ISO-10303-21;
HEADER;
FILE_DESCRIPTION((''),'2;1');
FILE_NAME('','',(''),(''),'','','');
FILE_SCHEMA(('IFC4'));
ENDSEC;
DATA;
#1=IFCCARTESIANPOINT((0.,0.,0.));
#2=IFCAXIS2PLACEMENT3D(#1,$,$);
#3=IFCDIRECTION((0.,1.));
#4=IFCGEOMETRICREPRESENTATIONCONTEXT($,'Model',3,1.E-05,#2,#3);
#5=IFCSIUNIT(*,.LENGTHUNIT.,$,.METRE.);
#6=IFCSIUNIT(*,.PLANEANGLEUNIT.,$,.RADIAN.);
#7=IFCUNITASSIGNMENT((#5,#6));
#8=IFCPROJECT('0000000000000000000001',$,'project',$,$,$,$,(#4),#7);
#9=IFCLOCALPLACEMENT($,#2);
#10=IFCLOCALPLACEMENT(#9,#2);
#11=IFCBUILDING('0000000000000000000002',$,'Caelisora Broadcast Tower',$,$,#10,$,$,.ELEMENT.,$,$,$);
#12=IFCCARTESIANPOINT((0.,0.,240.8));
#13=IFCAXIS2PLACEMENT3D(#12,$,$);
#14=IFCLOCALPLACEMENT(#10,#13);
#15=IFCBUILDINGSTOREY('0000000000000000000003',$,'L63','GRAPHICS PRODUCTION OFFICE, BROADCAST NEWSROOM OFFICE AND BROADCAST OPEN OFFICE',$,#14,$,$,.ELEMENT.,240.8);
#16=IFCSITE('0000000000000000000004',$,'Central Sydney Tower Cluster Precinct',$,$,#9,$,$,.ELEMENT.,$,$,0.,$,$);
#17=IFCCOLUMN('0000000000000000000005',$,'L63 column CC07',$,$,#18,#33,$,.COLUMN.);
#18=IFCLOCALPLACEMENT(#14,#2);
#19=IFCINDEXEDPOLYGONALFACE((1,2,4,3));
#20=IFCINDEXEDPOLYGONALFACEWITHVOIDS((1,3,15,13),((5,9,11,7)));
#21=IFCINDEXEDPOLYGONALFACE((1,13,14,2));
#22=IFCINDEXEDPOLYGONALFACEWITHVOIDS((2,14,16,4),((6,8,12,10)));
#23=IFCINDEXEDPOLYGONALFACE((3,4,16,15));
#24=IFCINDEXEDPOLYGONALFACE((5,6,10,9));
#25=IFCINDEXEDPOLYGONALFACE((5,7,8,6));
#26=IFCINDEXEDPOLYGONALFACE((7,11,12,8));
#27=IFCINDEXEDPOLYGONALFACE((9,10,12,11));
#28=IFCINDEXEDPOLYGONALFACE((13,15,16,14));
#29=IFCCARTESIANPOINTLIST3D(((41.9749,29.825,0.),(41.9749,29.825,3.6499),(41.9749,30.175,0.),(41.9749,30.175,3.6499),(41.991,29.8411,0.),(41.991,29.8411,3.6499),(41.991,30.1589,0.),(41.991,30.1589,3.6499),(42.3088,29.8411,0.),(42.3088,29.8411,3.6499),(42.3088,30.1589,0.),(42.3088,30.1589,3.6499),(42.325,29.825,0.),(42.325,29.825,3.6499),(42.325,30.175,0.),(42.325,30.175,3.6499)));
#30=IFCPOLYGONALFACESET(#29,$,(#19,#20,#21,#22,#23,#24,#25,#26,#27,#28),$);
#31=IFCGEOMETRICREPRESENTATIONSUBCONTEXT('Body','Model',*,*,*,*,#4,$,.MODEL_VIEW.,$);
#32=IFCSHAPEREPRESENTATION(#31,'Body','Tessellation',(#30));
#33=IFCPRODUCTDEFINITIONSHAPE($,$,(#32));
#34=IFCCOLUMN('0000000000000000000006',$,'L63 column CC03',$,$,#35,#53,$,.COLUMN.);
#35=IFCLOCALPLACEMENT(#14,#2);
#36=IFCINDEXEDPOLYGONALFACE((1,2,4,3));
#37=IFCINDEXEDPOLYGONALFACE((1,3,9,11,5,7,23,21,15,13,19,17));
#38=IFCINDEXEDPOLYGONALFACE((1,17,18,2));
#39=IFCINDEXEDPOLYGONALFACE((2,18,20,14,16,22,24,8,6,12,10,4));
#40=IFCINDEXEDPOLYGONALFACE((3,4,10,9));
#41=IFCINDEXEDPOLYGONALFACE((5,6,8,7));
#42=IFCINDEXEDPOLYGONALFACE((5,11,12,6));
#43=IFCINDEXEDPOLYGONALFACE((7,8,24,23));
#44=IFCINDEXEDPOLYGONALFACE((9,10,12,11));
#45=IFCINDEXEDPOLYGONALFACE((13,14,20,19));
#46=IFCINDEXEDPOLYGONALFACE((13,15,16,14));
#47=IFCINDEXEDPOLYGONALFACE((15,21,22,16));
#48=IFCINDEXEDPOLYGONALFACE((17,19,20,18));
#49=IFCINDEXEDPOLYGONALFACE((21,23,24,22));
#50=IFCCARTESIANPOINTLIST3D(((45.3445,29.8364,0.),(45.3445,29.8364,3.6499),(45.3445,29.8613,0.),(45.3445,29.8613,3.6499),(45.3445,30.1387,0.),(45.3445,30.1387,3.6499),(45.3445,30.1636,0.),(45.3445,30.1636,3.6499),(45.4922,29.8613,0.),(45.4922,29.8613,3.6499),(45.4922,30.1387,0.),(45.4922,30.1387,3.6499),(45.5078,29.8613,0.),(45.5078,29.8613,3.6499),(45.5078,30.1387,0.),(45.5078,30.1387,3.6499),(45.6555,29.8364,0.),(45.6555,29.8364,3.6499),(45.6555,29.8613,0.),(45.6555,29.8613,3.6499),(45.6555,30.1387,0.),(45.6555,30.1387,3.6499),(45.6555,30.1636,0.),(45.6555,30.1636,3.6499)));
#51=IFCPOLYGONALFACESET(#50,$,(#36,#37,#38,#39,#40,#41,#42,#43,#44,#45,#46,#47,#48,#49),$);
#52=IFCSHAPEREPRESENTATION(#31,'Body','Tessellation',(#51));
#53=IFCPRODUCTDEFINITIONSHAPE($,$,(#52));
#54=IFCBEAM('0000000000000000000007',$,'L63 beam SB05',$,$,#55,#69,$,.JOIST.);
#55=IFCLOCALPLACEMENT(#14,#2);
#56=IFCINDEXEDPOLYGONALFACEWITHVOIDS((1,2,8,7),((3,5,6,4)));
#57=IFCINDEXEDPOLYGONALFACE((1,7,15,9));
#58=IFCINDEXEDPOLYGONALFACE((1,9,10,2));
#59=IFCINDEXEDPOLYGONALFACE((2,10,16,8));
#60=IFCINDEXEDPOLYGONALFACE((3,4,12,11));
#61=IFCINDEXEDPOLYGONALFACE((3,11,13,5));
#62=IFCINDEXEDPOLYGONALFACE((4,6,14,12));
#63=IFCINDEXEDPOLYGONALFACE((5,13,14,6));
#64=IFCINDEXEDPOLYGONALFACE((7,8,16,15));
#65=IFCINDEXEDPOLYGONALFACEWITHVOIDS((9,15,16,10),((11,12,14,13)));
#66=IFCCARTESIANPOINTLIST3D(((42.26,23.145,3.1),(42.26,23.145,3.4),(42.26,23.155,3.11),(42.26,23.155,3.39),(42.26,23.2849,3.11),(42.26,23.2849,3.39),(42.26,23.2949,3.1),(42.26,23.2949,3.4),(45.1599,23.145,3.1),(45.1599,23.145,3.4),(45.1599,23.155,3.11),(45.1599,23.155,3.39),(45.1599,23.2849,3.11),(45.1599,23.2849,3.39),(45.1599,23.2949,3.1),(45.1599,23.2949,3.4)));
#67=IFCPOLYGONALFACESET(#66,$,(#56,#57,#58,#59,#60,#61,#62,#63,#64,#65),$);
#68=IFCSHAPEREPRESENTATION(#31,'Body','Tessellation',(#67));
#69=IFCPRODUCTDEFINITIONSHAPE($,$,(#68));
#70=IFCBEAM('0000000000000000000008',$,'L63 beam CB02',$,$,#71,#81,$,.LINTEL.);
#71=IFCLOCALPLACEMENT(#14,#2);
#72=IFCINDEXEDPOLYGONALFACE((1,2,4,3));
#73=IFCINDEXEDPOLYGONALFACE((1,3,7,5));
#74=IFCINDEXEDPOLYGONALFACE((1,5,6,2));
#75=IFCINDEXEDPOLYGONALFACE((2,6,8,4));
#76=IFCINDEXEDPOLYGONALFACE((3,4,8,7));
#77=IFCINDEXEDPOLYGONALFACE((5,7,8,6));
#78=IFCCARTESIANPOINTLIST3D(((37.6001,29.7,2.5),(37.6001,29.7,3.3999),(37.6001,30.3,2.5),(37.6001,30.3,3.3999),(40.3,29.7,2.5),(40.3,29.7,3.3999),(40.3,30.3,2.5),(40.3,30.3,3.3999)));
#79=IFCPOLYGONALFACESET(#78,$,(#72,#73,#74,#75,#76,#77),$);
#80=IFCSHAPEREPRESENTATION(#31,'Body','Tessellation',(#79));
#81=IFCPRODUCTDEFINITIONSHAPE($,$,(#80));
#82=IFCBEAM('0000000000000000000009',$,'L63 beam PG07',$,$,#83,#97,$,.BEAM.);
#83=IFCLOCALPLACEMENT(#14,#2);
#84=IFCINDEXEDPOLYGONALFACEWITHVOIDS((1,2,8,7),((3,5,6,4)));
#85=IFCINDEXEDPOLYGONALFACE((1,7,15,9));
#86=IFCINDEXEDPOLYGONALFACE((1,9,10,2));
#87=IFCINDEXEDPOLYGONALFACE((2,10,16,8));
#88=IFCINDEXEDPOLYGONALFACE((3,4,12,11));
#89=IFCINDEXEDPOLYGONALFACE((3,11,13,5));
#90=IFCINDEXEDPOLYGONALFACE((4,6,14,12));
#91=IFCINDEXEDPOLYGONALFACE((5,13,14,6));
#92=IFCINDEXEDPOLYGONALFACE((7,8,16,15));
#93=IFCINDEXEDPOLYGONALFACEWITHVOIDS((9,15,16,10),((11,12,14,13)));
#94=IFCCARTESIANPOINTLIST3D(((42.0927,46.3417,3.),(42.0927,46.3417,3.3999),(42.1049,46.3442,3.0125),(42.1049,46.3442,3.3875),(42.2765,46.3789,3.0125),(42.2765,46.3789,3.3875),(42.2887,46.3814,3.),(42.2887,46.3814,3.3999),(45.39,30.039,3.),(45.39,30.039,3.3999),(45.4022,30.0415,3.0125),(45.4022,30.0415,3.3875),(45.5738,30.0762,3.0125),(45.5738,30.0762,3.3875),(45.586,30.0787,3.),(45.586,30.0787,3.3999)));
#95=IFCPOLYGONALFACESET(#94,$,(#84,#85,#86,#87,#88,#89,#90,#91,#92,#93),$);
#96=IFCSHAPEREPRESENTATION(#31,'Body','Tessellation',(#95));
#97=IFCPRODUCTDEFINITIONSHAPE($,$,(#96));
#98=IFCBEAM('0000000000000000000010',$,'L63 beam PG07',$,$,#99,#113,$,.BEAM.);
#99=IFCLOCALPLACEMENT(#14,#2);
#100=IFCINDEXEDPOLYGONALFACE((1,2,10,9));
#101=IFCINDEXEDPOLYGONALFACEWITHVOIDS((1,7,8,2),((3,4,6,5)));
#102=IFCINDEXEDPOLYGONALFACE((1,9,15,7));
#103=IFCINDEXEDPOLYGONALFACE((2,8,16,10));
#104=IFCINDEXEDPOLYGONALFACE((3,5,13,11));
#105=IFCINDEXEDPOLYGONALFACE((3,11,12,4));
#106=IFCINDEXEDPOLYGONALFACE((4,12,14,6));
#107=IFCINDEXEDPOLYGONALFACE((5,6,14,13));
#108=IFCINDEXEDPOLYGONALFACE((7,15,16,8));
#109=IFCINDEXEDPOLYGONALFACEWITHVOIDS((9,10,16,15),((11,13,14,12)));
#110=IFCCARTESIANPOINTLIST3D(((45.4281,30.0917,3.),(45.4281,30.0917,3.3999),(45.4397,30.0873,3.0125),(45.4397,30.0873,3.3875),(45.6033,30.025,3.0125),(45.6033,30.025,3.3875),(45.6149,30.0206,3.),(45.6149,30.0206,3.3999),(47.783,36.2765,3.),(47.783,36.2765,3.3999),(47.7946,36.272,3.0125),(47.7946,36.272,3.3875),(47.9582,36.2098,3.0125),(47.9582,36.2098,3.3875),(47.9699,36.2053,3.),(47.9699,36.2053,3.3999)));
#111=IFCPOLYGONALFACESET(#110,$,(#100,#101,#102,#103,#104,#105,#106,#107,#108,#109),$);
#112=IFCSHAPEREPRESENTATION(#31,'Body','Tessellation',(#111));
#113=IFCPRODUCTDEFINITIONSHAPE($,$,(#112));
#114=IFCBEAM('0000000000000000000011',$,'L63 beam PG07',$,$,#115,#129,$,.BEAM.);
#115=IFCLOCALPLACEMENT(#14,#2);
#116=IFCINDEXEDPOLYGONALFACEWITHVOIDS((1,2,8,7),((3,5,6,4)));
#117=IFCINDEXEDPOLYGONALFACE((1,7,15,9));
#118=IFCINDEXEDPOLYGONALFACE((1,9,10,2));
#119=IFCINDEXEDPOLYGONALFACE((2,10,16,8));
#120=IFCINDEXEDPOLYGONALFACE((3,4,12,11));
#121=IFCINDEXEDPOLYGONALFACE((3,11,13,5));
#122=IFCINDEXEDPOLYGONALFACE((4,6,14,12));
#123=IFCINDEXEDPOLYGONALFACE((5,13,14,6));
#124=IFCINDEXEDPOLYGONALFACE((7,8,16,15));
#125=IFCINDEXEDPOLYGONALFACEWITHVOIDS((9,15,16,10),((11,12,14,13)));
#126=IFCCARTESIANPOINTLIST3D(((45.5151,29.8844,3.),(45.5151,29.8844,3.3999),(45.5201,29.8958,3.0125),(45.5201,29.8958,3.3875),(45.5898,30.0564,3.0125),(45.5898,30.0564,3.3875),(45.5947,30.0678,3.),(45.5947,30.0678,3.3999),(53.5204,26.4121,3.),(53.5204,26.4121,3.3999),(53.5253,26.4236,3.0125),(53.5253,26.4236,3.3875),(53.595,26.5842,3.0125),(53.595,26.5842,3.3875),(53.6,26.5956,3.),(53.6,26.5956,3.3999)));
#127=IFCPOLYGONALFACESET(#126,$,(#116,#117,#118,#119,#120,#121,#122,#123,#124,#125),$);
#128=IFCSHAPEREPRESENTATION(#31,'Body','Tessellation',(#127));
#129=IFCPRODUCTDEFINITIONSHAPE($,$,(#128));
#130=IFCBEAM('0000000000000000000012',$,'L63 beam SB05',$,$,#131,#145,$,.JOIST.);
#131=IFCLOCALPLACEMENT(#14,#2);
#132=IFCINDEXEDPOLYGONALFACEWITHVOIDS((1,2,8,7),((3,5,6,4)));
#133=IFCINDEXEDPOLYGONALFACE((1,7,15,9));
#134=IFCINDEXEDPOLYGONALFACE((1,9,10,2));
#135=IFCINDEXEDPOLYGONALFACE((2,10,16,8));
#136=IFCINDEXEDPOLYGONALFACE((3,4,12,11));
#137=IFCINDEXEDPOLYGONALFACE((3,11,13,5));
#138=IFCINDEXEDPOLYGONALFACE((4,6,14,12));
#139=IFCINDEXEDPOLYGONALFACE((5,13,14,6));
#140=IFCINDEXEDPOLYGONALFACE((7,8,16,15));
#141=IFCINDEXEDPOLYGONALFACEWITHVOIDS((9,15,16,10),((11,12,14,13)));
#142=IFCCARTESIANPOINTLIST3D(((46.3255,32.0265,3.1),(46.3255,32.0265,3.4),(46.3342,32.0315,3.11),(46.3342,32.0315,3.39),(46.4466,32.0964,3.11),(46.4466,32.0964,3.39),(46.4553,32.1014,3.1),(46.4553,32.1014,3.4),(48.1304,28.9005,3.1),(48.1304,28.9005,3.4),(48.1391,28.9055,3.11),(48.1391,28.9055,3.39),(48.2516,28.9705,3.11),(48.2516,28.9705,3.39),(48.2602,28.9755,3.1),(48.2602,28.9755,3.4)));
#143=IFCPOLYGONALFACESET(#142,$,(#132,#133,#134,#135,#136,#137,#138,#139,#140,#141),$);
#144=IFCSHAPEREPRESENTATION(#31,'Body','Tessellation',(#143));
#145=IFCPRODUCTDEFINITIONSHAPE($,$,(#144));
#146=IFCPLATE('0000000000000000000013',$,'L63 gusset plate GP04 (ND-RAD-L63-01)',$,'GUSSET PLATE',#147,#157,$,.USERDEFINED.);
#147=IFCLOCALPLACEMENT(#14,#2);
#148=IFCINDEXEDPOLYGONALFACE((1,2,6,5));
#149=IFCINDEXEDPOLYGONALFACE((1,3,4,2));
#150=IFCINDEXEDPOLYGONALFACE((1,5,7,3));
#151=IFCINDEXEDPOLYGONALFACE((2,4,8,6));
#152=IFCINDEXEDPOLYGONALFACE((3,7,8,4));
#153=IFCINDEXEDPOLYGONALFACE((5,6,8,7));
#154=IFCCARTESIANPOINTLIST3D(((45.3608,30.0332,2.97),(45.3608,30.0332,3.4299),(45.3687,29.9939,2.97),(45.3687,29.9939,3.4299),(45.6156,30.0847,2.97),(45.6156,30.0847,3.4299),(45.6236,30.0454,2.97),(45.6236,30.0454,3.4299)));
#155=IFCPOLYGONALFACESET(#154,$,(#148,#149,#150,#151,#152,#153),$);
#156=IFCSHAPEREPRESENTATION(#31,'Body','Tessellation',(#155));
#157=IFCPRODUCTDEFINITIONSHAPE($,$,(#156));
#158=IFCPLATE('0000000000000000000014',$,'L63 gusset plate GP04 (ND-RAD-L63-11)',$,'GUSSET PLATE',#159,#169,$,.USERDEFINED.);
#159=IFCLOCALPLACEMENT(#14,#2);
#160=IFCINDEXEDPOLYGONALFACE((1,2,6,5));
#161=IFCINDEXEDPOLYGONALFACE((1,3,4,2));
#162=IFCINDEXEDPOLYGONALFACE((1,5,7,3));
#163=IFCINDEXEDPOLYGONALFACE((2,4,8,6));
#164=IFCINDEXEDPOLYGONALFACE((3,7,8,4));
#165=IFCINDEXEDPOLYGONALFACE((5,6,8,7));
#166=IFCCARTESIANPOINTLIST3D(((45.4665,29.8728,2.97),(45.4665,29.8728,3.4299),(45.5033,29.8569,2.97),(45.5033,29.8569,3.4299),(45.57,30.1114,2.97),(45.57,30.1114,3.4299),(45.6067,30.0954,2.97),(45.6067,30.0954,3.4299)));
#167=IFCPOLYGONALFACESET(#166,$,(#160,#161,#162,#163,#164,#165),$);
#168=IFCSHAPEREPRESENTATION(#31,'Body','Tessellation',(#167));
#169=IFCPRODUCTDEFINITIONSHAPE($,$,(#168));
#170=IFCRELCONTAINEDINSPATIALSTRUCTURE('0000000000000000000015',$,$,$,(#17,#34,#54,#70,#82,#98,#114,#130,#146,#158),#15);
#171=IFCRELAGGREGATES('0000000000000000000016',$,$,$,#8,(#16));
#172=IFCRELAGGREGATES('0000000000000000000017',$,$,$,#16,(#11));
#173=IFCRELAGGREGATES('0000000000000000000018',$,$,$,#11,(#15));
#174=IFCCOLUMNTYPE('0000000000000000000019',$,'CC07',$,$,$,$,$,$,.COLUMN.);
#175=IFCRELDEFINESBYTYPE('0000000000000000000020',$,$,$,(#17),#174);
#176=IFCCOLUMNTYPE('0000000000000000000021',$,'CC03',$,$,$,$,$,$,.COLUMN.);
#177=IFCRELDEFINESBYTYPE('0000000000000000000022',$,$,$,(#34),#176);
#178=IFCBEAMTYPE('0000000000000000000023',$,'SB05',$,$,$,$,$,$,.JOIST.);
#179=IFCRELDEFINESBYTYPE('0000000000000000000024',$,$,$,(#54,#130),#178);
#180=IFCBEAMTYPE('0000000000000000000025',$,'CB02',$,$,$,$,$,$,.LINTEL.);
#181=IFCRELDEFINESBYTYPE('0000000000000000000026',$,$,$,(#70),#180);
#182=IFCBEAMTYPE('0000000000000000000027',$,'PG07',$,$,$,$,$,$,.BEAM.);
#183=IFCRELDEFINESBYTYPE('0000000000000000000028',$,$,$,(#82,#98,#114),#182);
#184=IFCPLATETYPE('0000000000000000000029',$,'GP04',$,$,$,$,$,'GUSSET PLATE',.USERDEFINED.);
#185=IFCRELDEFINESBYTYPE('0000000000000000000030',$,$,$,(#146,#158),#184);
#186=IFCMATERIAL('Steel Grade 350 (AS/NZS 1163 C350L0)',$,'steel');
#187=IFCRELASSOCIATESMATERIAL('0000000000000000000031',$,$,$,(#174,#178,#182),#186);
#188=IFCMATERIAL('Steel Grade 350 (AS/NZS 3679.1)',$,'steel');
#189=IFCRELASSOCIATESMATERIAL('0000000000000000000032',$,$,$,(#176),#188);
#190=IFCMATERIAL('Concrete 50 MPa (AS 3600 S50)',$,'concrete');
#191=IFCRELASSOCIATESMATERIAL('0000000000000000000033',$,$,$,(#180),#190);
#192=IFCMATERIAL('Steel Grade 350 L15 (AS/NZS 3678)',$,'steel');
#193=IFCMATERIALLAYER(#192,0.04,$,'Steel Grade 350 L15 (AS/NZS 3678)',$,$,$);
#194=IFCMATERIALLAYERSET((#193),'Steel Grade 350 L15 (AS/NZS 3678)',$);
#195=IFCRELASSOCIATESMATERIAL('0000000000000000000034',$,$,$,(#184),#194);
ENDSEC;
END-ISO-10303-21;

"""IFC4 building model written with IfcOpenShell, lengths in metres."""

from ifc_helpers import new_model, si_unit, direction, frame, origin, origin_2d, place, context, subcontext, project, spatial, rectangle, hollow_rectangle, i_section, extrude, source, transform, mapped, material, layer, layer_set, material_profile, profile_set, type_object, type_shapes, element, save


model = new_model("IFC4")

# Units and contexts
model_context = context("Model", 3, precision=1e-05, world=origin(), true_north=direction((0.0, 1.0)))
body_context = subcontext(model_context, "Body", "Model", "MODEL_VIEW")
ifc_project = project(units=[si_unit("LENGTHUNIT", "METRE"), si_unit("PLANEANGLEUNIT", "RADIAN")], contexts=[model_context])

# Site, building, storey
site_placement = place(None, origin())
site = spatial("IfcSite", under=ifc_project, at=site_placement, Name="Central Sydney Tower Cluster Precinct", CompositionType="ELEMENT", RefElevation=0.0)
building_placement = place(site_placement, origin())
building = spatial("IfcBuilding", under=site, at=building_placement, Name="Caelisora Broadcast Tower", CompositionType="ELEMENT")
storey_placement = place(building_placement, frame((0.0, 0.0, 240.8)))
storey = spatial("IfcBuildingStorey", under=building, at=storey_placement, Name="L63", Description="GRAPHICS PRODUCTION OFFICE, BROADCAST NEWSROOM OFFICE AND BROADCAST OPEN OFFICE", CompositionType="ELEMENT", Elevation=240.8)

# Columns
ifc_material_1 = material(Name="Steel Grade 350 (AS/NZS 1163 C350L0)", Category="steel")
ifc_material_profile_1 = material_profile(ifc_material_1, hollow_rectangle(XDim=0.3501, YDim=0.3501, WallThickness=0.0161, at=origin_2d()), Name="Steel Grade 350 (AS/NZS 1163 C350L0)")
ifc_profile_set_1 = profile_set([ifc_material_profile_1], Name="Steel Grade 350 (AS/NZS 1163 C350L0)")
column_type_1 = type_object("IfcColumnType", Name="CC07", PredefinedType="COLUMN", material=ifc_profile_set_1)
shared_shape_1 = source(origin(), body_context, "Body", "SweptSolid", [
    extrude(hollow_rectangle(XDim=0.3501, YDim=0.3501, WallThickness=0.0161, at=origin_2d()), origin(), (0.0, 0.0, 1.0), 3.6499),
])
type_shapes(column_type_1, [shared_shape_1])
column_1_placement = place(storey_placement, frame((42.1499, 30.0, 0.0), z_axis=(0.0, 0.0, 1.0), x_axis=(1.0, 0.0, 0.0)))
element("IfcColumn", 1, at=column_1_placement, inside=storey, type_object=column_type_1, Name="L63 column CC07", PredefinedType="COLUMN", context=body_context, shape_type="MappedRepresentation", body=[
    mapped(shared_shape_1, transform((0.0, 0.0, 0.0), scale=1.0)),
])
ifc_material_2 = material(Name="Steel Grade 350 (AS/NZS 3679.1)", Category="steel")
ifc_material_profile_2 = material_profile(ifc_material_2, i_section(OverallWidth=0.311, OverallDepth=0.3271, WebThickness=0.0156, FlangeThickness=0.0249, at=origin_2d()), Name="Steel Grade 350 (AS/NZS 3679.1)")
ifc_profile_set_2 = profile_set([ifc_material_profile_2], Name="Steel Grade 350 (AS/NZS 3679.1)")
column_type_2 = type_object("IfcColumnType", Name="CC03", PredefinedType="COLUMN", material=ifc_profile_set_2)
shared_shape_2 = source(origin(), body_context, "Body", "SweptSolid", [
    extrude(i_section(OverallWidth=0.311, OverallDepth=0.3271, WebThickness=0.0156, FlangeThickness=0.0249, at=origin_2d()), origin(), (0.0, 0.0, 1.0), 3.6499),
])
type_shapes(column_type_2, [shared_shape_2])
column_2_placement = place(storey_placement, frame((45.5, 30.0, 0.0), z_axis=(0.0, 0.0, 1.0), x_axis=(1.0, 0.0, 0.0)))
element("IfcColumn", 2, at=column_2_placement, inside=storey, type_object=column_type_2, Name="L63 column CC03", PredefinedType="COLUMN", context=body_context, shape_type="MappedRepresentation", body=[
    mapped(shared_shape_2, transform((0.0, 0.0, 0.0), scale=1.0)),
])

# Beams
ifc_material_profile_3 = material_profile(ifc_material_1, hollow_rectangle(XDim=0.1499, YDim=0.3, WallThickness=0.01, at=origin_2d()), Name="Steel Grade 350 (AS/NZS 1163 C350L0)")
ifc_profile_set_3 = profile_set([ifc_material_profile_3], Name="Steel Grade 350 (AS/NZS 1163 C350L0)")
beam_type_1 = type_object("IfcBeamType", Name="SB05", PredefinedType="JOIST", material=ifc_profile_set_3)
shared_shape_3 = source(origin(), body_context, "Body", "SweptSolid", [
    extrude(hollow_rectangle(XDim=0.1499, YDim=0.3, WallThickness=0.01, at=origin_2d()), origin(), (0.0, 0.0, 1.0), 2.8999),
])
beam_1_placement = place(storey_placement, frame((42.26, 23.22, 3.25), z_axis=(1.0, 0.0, 0.0), x_axis=(0.0, 1.0, 0.0)))
element("IfcBeam", 3, at=beam_1_placement, inside=storey, type_object=beam_type_1, Name="L63 beam SB05", PredefinedType="JOIST", context=body_context, shape_type="MappedRepresentation", body=[
    mapped(shared_shape_3, transform((0.0, 0.0, 0.0), scale=1.0)),
])
ifc_material_3 = material(Name="Concrete 50 MPa (AS 3600 S50)", Category="concrete")
ifc_material_profile_4 = material_profile(ifc_material_3, rectangle(XDim=0.6001, YDim=0.8999, at=origin_2d()), Name="Concrete 50 MPa (AS 3600 S50)")
ifc_profile_set_4 = profile_set([ifc_material_profile_4], Name="Concrete 50 MPa (AS 3600 S50)")
beam_type_2 = type_object("IfcBeamType", Name="CB02", PredefinedType="LINTEL", material=ifc_profile_set_4)
shared_shape_4 = source(origin(), body_context, "Body", "SweptSolid", [
    extrude(rectangle(XDim=0.6001, YDim=0.8999, at=origin_2d()), origin(), (0.0, 0.0, 1.0), 2.7),
])
type_shapes(beam_type_2, [shared_shape_4])
beam_2_placement = place(storey_placement, frame((37.6001, 30.0, 2.95), z_axis=(1.0, 0.0, 0.0), x_axis=(0.0, 1.0, 0.0)))
element("IfcBeam", 4, at=beam_2_placement, inside=storey, type_object=beam_type_2, Name="L63 beam CB02", PredefinedType="LINTEL", context=body_context, shape_type="MappedRepresentation", body=[
    mapped(shared_shape_4, transform((0.0, 0.0, 0.0), scale=1.0)),
])
ifc_material_profile_5 = material_profile(ifc_material_1, hollow_rectangle(XDim=0.2, YDim=0.3999, WallThickness=0.0125, at=origin_2d()), Name="Steel Grade 350 (AS/NZS 1163 C350L0)")
ifc_profile_set_5 = profile_set([ifc_material_profile_5], Name="Steel Grade 350 (AS/NZS 1163 C350L0)")
beam_type_3 = type_object("IfcBeamType", Name="PG07", PredefinedType="BEAM", material=ifc_profile_set_5)
shared_shape_5 = source(origin(), body_context, "Body", "SweptSolid", [
    extrude(hollow_rectangle(XDim=0.2, YDim=0.3999, WallThickness=0.0125, at=origin_2d()), origin(), (0.0, 0.0, 1.0), 16.6328),
])
beam_3_placement = place(storey_placement, frame((45.488, 30.0588, 3.2), z_axis=(-0.198244, 0.980153, 0.0), x_axis=(-0.980153, -0.198244, 0.0)))
element("IfcBeam", 5, at=beam_3_placement, inside=storey, type_object=beam_type_3, Name="L63 beam PG07", PredefinedType="BEAM", context=body_context, shape_type="MappedRepresentation", body=[
    mapped(shared_shape_5, transform((0.0, 0.0, 0.0), scale=1.0)),
])
shared_shape_6 = source(origin(), body_context, "Body", "SweptSolid", [
    extrude(hollow_rectangle(XDim=0.2, YDim=0.3999, WallThickness=0.0125, at=origin_2d()), origin(), (0.0, 0.0, 1.0), 6.6179),
])
beam_4_placement = place(storey_placement, frame((45.5215, 30.0562, 3.2), z_axis=(0.355845, 0.934545, 0.0), x_axis=(-0.934545, 0.355845, 0.0)))
element("IfcBeam", 6, at=beam_4_placement, inside=storey, type_object=beam_type_3, Name="L63 beam PG07", PredefinedType="BEAM", context=body_context, shape_type="MappedRepresentation", body=[
    mapped(shared_shape_6, transform((0.0, 0.0, 0.0), scale=1.0)),
])
shared_shape_7 = source(origin(), body_context, "Body", "SweptSolid", [
    extrude(hollow_rectangle(XDim=0.2, YDim=0.3999, WallThickness=0.0125, at=origin_2d()), origin(), (0.0, 0.0, 1.0), 8.7258),
])
type_shapes(beam_type_3, [shared_shape_5, shared_shape_6, shared_shape_7])
beam_5_placement = place(storey_placement, frame((45.5549, 29.9761, 3.2), z_axis=(0.917418, -0.397924, 0.0), x_axis=(0.397924, 0.917418, 0.0)))
element("IfcBeam", 7, at=beam_5_placement, inside=storey, type_object=beam_type_3, Name="L63 beam PG07", PredefinedType="BEAM", context=body_context, shape_type="MappedRepresentation", body=[
    mapped(shared_shape_7, transform((0.0, 0.0, 0.0), scale=1.0)),
])
shared_shape_8 = source(origin(), body_context, "Body", "SweptSolid", [
    extrude(hollow_rectangle(XDim=0.1499, YDim=0.3, WallThickness=0.01, at=origin_2d()), origin(), (0.0, 0.0, 1.0), 3.6096),
])
type_shapes(beam_type_1, [shared_shape_3, shared_shape_8])
beam_6_placement = place(storey_placement, frame((48.1953, 28.938, 3.25), z_axis=(-0.500031, 0.866008, 0.0), x_axis=(-0.866008, -0.500031, 0.0)))
element("IfcBeam", 8, at=beam_6_placement, inside=storey, type_object=beam_type_1, Name="L63 beam SB05", PredefinedType="JOIST", context=body_context, shape_type="MappedRepresentation", body=[
    mapped(shared_shape_8, transform((0.0, 0.0, 0.0), scale=1.0)),
])

# Plates
ifc_material_4 = material(Name="Steel Grade 350 L15 (AS/NZS 3678)", Category="steel")
ifc_layer_1 = layer(ifc_material_4, 0.04, Name="Steel Grade 350 L15 (AS/NZS 3678)")
ifc_layer_set_1 = layer_set([ifc_layer_1], Name="Steel Grade 350 L15 (AS/NZS 3678)")
plate_type = type_object("IfcPlateType", Name="GP04", ElementType="GUSSET PLATE", PredefinedType="USERDEFINED", material=ifc_layer_set_1)
shared_shape_9 = source(origin(), body_context, "Body", "SweptSolid", [
    extrude(rectangle(XDim=0.26, YDim=0.04, at=origin_2d()), origin(), (0.0, 0.0, 1.0), 0.46),
])
for number, where, z_axis, x_axis, name in (
    (9, (45.4922, 30.0393, 2.97), (0.0, 0.0, 1.0), (-0.980168, -0.198171, 0.0), "L63 gusset plate GP04 (ND-RAD-L63-01)"),
    (10, (45.5366, 29.9841, 2.97), (0.0, 0.0, 1.0), (0.397949, 0.917408, 0.0), "L63 gusset plate GP04 (ND-RAD-L63-11)"),
):
    element("IfcPlate", number, at=place(storey_placement, frame(where, z_axis=z_axis, x_axis=x_axis)), inside=storey, type_object=plate_type, Name=name, ObjectType="GUSSET PLATE", PredefinedType="USERDEFINED", context=body_context, shape_type="MappedRepresentation", body=[
        mapped(shared_shape_9, transform((0.0, 0.0, 0.0), scale=1.0)),
    ])

save(model, "model.ifc")
